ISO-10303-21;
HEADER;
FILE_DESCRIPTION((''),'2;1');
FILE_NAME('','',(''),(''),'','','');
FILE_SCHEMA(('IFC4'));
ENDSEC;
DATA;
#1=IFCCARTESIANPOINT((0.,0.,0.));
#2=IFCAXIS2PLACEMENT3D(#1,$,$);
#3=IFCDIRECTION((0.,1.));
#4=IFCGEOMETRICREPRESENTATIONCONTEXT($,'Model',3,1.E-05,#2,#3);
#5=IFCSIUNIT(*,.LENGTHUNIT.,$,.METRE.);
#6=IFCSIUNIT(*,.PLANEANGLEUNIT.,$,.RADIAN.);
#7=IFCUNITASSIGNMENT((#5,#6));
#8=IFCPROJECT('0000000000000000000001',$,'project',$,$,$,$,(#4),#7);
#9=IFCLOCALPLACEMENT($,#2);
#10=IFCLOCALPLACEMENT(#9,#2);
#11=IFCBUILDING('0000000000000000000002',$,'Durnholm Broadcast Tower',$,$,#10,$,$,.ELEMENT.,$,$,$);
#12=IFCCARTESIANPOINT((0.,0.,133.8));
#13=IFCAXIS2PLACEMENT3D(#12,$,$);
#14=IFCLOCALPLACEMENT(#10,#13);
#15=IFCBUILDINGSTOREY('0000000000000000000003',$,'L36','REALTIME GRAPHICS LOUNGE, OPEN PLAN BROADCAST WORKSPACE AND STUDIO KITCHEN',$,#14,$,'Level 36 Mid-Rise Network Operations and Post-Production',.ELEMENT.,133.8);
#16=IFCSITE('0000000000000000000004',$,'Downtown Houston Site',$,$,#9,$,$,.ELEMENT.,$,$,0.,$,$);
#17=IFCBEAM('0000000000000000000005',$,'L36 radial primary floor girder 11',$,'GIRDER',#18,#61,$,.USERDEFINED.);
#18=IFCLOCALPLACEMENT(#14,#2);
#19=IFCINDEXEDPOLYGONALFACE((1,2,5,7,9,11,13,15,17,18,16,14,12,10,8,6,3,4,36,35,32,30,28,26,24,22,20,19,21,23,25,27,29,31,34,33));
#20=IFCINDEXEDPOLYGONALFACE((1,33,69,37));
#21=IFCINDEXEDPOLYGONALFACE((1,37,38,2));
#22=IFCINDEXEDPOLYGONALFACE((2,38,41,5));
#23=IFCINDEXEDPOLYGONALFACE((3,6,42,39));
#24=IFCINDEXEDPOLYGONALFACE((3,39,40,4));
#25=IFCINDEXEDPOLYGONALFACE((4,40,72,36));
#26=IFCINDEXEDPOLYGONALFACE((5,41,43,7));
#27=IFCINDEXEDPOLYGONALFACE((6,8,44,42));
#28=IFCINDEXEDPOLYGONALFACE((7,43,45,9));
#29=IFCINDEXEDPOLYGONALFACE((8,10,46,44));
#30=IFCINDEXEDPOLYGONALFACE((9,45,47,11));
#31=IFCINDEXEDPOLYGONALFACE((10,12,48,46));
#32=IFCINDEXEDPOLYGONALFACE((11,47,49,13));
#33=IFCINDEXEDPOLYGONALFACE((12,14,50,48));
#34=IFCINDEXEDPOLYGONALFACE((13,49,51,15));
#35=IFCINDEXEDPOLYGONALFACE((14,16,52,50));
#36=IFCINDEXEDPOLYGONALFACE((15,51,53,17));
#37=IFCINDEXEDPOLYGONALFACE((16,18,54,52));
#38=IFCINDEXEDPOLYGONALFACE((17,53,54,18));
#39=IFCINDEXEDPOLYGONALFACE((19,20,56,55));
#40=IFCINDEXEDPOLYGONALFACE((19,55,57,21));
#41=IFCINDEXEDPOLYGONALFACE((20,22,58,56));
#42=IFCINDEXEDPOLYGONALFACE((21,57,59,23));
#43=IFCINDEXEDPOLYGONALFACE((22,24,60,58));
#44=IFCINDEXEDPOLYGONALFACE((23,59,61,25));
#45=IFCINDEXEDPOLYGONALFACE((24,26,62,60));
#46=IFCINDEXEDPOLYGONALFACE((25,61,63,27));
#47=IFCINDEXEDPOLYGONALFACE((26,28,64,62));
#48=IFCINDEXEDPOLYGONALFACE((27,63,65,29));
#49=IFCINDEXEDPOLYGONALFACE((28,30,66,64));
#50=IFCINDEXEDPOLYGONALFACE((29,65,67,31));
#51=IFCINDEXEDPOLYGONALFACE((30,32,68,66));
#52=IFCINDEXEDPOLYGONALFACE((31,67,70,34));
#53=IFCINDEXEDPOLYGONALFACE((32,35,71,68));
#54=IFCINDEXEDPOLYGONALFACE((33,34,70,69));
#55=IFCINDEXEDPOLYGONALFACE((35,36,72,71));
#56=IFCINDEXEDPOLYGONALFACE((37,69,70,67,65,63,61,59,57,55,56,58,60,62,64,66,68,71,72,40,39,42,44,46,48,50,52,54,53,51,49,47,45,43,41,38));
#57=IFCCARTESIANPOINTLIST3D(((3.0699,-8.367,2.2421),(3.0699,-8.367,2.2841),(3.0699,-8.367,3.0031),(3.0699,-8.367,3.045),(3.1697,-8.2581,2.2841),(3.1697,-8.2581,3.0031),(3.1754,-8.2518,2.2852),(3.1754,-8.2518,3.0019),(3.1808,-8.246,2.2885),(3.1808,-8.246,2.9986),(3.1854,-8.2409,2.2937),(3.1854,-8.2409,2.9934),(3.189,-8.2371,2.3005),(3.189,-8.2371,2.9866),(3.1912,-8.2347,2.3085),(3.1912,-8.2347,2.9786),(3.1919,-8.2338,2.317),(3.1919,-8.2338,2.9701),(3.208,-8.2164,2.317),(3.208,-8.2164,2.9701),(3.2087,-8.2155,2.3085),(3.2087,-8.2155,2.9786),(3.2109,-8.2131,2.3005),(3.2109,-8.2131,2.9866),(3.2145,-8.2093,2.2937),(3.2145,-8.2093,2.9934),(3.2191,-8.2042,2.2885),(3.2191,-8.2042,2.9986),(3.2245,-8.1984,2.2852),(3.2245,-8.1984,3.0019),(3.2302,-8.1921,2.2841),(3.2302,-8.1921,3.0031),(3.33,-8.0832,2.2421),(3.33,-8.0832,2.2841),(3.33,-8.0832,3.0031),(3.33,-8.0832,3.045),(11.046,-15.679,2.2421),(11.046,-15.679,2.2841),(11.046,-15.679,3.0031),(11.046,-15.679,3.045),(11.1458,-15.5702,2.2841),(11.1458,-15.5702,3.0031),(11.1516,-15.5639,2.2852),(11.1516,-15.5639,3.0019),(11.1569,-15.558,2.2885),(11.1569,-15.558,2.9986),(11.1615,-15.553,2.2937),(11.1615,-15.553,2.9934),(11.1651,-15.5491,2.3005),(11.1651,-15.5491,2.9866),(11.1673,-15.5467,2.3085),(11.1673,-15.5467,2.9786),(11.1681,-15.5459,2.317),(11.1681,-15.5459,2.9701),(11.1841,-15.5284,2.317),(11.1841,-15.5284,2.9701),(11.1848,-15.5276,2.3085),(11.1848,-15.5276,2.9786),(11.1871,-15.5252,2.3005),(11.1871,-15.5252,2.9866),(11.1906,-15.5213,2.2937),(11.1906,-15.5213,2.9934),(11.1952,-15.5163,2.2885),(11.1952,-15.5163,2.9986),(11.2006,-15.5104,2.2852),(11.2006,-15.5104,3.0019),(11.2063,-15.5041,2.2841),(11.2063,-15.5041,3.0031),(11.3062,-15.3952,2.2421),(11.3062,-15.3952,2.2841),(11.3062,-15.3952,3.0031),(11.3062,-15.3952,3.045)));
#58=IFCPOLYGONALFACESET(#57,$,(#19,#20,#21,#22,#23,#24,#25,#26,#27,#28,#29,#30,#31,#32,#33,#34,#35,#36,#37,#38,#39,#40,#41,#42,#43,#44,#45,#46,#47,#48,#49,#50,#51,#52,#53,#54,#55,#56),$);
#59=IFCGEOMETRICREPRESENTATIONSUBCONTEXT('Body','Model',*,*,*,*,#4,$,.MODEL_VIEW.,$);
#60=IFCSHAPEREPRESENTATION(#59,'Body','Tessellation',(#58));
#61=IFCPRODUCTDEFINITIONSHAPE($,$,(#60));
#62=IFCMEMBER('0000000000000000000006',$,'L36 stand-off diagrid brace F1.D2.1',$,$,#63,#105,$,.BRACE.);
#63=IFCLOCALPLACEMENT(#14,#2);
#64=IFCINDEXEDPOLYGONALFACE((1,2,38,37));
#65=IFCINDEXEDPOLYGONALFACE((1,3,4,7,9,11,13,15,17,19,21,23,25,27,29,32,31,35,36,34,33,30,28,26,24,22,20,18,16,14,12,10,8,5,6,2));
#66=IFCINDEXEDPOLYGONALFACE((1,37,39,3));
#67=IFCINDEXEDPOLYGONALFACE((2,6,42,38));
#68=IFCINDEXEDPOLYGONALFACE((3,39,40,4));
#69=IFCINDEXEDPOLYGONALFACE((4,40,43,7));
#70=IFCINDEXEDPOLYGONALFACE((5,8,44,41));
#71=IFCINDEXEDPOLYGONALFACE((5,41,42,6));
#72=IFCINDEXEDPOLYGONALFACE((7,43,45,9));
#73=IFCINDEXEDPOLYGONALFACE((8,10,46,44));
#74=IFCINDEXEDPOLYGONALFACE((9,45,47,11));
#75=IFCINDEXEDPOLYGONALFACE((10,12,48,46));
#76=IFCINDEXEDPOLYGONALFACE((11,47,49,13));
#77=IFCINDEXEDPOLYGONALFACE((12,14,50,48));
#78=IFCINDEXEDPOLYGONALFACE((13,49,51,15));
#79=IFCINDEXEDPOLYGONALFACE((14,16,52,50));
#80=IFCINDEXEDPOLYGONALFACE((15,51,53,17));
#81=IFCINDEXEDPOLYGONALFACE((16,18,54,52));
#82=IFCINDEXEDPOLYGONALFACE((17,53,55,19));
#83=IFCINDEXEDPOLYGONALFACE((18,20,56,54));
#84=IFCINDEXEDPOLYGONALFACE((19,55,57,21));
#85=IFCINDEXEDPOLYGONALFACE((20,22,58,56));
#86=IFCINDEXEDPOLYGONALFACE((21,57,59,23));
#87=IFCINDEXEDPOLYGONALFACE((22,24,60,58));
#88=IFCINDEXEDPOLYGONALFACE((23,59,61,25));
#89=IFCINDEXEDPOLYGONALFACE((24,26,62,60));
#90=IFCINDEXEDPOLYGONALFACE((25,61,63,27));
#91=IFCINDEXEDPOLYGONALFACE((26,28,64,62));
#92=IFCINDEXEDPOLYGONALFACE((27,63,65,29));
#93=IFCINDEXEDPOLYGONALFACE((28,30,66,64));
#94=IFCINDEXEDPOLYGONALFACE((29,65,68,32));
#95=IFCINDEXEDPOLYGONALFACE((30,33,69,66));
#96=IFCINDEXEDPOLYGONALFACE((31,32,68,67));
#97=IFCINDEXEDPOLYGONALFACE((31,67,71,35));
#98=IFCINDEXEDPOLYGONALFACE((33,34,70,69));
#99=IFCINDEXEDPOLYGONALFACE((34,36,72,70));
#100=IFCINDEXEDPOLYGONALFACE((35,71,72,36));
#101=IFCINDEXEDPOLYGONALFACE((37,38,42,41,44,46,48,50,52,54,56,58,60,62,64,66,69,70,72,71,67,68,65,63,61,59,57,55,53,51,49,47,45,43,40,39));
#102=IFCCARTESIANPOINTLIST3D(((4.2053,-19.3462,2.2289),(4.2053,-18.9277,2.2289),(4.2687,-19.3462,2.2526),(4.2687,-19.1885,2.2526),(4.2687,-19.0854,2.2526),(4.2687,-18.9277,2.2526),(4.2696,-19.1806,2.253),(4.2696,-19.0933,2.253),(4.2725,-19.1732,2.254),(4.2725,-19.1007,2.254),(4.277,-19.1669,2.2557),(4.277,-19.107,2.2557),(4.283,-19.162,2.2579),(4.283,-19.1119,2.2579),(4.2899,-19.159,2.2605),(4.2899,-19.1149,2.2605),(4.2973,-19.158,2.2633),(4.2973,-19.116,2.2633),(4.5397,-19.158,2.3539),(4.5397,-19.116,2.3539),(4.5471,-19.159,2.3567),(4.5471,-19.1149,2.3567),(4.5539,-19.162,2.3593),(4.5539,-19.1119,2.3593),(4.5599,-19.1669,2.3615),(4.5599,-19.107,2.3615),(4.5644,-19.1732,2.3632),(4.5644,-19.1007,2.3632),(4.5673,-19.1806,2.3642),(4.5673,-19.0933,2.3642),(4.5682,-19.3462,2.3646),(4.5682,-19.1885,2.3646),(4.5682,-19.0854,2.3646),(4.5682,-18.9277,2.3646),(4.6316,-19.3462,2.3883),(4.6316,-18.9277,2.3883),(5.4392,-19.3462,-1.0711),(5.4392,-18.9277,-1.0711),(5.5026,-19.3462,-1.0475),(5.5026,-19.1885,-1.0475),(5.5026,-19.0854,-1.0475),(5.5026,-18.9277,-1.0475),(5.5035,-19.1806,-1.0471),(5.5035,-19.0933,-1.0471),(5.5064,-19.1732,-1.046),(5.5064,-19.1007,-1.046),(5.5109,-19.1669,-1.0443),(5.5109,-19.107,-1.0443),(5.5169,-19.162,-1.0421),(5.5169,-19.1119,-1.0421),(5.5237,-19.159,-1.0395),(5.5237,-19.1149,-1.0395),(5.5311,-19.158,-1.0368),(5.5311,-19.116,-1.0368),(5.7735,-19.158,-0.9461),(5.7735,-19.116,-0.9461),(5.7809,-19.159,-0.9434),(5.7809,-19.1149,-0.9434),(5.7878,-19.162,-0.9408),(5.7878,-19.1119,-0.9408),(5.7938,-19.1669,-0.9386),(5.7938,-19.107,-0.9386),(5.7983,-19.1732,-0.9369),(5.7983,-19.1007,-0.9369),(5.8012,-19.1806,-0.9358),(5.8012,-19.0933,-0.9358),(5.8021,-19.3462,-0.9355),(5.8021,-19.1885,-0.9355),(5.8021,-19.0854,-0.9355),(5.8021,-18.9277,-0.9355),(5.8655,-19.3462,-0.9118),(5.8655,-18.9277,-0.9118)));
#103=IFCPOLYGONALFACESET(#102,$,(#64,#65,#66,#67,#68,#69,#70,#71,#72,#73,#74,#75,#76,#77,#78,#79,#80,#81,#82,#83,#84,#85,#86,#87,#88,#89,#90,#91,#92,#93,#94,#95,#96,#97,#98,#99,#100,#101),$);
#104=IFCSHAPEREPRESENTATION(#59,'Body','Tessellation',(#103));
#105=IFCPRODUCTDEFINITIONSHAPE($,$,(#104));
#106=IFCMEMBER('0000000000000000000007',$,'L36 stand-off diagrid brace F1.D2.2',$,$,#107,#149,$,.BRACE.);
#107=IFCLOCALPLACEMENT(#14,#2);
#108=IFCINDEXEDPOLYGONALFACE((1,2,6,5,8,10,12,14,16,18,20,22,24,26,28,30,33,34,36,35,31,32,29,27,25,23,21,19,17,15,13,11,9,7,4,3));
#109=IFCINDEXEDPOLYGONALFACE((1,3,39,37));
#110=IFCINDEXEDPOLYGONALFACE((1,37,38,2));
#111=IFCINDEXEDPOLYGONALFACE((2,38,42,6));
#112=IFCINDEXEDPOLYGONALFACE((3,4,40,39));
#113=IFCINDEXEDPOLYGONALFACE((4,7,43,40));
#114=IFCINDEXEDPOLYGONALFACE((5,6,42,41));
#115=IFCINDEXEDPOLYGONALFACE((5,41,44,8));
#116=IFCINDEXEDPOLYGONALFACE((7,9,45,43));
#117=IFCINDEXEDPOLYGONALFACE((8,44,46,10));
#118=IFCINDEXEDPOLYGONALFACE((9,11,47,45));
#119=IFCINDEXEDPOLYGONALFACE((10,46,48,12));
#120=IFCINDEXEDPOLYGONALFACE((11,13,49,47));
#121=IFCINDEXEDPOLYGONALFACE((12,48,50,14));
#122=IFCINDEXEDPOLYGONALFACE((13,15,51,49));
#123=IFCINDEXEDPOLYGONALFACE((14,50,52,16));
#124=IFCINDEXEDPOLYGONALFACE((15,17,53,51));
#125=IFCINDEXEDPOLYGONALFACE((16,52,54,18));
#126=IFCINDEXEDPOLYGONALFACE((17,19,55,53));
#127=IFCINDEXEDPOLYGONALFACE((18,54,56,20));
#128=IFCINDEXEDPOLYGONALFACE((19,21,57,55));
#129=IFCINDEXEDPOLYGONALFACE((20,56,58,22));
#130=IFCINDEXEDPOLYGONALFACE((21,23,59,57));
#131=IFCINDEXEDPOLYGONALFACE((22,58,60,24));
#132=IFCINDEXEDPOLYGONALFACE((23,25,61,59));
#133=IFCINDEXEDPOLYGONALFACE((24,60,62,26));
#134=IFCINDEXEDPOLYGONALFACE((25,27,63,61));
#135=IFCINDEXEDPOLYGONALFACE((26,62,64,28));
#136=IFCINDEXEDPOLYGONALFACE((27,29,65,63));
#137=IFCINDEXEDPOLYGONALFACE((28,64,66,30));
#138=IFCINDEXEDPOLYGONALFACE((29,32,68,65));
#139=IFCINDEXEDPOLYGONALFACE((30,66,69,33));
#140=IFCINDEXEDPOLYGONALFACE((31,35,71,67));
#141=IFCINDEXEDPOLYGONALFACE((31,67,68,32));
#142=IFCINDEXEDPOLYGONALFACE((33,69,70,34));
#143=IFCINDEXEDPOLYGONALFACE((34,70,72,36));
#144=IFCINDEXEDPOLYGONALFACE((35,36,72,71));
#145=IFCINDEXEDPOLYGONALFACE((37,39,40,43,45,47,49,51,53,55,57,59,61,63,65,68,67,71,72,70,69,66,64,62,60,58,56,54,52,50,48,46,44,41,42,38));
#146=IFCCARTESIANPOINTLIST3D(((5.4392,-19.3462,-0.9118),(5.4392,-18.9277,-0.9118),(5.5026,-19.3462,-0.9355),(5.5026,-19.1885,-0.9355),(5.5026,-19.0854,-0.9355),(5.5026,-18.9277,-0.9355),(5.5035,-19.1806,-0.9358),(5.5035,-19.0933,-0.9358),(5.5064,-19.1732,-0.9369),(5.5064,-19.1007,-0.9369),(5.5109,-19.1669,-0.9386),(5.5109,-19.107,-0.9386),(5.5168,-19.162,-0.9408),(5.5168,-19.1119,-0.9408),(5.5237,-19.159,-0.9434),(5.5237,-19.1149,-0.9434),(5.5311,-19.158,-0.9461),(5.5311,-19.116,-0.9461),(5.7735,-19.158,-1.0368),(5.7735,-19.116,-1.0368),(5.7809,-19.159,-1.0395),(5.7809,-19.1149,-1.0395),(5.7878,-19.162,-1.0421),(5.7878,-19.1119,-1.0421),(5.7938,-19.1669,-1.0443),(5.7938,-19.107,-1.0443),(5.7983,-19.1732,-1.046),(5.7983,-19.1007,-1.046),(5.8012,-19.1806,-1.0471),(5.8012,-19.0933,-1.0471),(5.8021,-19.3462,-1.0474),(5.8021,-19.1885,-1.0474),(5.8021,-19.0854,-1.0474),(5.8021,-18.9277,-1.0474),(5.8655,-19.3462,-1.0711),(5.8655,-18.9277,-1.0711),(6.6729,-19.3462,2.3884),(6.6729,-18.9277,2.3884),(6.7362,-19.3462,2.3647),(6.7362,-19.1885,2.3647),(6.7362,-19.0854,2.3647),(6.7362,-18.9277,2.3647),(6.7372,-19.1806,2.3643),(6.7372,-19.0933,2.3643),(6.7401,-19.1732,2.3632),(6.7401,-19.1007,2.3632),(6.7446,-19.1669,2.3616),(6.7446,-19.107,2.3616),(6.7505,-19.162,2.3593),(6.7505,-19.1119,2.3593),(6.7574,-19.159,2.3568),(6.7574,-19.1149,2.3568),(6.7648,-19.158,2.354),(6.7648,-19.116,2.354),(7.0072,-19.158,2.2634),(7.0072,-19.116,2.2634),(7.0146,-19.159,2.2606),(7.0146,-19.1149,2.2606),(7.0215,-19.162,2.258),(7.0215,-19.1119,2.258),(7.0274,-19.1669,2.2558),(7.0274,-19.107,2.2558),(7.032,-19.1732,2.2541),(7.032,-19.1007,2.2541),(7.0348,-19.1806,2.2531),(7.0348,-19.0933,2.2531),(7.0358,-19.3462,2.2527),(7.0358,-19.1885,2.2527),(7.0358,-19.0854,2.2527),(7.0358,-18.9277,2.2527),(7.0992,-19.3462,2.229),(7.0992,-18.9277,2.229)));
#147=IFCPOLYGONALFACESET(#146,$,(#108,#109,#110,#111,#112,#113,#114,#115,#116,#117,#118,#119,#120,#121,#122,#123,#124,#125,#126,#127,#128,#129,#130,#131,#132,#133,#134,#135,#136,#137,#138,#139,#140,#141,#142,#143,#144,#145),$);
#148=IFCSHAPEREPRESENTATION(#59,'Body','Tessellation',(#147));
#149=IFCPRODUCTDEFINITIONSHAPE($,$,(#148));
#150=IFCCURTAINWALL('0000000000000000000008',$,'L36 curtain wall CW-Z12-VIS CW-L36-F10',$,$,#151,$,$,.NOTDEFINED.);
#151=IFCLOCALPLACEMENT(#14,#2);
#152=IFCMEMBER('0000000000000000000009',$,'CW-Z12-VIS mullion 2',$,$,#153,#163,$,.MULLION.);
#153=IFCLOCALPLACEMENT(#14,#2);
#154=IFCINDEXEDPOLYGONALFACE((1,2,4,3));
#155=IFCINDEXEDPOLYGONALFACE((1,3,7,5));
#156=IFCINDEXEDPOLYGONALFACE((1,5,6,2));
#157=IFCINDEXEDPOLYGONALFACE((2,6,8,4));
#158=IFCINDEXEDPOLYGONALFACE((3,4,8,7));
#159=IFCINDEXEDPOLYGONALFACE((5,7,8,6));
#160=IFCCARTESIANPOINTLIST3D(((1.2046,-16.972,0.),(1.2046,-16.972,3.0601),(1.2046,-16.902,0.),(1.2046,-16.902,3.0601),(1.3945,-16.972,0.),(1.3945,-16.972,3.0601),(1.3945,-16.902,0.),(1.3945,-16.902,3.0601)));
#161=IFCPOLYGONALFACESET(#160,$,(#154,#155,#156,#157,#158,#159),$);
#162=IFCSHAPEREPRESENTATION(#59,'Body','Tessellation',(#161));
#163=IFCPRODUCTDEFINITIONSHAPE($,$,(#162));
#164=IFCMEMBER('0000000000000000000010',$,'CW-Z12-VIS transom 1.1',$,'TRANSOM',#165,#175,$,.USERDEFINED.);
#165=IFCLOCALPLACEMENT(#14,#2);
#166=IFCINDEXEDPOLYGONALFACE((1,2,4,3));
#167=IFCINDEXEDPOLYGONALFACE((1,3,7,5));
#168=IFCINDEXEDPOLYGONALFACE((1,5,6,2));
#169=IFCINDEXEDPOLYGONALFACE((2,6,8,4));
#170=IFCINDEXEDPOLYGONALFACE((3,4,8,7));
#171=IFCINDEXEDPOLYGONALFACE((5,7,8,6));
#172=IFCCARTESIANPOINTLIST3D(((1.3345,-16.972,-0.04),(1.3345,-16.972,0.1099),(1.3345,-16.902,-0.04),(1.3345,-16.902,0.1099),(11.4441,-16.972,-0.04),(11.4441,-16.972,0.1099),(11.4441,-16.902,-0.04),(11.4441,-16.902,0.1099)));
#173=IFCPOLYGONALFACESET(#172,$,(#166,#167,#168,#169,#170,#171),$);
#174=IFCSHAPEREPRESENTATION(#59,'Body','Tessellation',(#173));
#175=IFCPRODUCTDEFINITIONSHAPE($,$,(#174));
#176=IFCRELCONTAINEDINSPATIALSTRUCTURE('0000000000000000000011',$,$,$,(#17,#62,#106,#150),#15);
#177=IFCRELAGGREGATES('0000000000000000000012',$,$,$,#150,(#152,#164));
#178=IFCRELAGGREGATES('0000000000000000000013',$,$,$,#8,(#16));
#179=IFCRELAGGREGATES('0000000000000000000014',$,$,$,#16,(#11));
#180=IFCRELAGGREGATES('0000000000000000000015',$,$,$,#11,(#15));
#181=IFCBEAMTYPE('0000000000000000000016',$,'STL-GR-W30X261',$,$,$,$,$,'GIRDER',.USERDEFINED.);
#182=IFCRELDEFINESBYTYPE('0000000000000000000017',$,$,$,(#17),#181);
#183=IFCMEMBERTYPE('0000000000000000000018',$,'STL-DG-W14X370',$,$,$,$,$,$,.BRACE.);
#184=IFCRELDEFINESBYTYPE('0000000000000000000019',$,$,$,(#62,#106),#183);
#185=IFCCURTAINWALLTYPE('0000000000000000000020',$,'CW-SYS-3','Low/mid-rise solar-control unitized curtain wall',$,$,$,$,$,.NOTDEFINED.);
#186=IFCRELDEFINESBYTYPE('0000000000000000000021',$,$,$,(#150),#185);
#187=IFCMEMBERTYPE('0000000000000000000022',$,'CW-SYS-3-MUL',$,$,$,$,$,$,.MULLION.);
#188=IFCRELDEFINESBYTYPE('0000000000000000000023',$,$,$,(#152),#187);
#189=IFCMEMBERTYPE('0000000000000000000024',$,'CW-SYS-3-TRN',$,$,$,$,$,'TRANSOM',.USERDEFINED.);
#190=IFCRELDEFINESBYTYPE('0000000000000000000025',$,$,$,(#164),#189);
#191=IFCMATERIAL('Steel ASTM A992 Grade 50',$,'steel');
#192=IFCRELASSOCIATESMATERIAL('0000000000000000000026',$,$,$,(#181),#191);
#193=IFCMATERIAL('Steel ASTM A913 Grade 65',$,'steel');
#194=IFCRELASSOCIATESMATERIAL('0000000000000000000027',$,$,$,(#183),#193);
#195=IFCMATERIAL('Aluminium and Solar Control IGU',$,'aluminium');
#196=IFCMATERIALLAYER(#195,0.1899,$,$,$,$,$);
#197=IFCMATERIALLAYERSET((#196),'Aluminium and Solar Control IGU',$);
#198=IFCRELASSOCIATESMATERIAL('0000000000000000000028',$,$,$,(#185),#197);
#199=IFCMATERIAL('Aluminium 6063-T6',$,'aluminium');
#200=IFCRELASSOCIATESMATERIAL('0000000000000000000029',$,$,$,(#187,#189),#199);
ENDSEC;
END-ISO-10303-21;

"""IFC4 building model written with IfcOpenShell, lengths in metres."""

from ifc_helpers import new_model, si_unit, direction, frame, origin, origin_2d, place, context, subcontext, project, spatial, rectangle, i_section, extrude, source, transform, mapped, material, layer, layer_set, material_profile, profile_set, type_object, type_shapes, element, aggregate, save


model = new_model("IFC4")

# Units and contexts
model_context = context("Model", 3, precision=1e-05, world=origin(), true_north=direction((0.0, 1.0)))
body_context = subcontext(model_context, "Body", "Model", "MODEL_VIEW")
ifc_project = project(units=[si_unit("LENGTHUNIT", "METRE"), si_unit("PLANEANGLEUNIT", "RADIAN")], contexts=[model_context])

# Site, building, storey
site_placement = place(None, origin())
site = spatial("IfcSite", under=ifc_project, at=site_placement, Name="Downtown Houston Site", CompositionType="ELEMENT", RefElevation=0.0)
building_placement = place(site_placement, origin())
building = spatial("IfcBuilding", under=site, at=building_placement, Name="Durnholm Broadcast Tower", CompositionType="ELEMENT")
storey_placement = place(building_placement, frame((0.0, 0.0, 133.8)))
storey = spatial("IfcBuildingStorey", under=building, at=storey_placement, Name="L36", Description="REALTIME GRAPHICS LOUNGE, OPEN PLAN BROADCAST WORKSPACE AND STUDIO KITCHEN", LongName="Level 36 Mid-Rise Network Operations and Post-Production", CompositionType="ELEMENT", Elevation=133.8)

# Beam
ifc_material_1 = material(Name="Steel ASTM A992 Grade 50", Category="steel")
ifc_material_profile_1 = material_profile(ifc_material_1, i_section(OverallWidth=0.385, OverallDepth=0.803, WebThickness=0.0237, FlangeThickness=0.042, FilletRadius=0.033, at=origin_2d()), Name="W30X261")
ifc_profile_set_1 = profile_set([ifc_material_profile_1], Name="Steel ASTM A992 Grade 50")
beam_type_1 = type_object("IfcBeamType", Name="STL-GR-W30X261", ElementType="GIRDER", PredefinedType="USERDEFINED", material=ifc_profile_set_1)
shared_shape_1 = source(origin(), body_context, "Body", "SweptSolid", [
    extrude(i_section(OverallWidth=0.385, OverallDepth=0.803, WebThickness=0.0237, FlangeThickness=0.042, FilletRadius=0.033, at=origin_2d()), origin(), (0.0, 0.0, 1.0), 10.8206),
])
beam_1_placement = place(storey_placement, frame((3.2, -8.2251, 2.6436), z_axis=(0.737126, -0.675755, 0.0), x_axis=(0.675755, 0.737126, 0.0)))
element("IfcBeam", 1, at=beam_1_placement, inside=storey, type_object=beam_type_1, Name="L36 radial primary floor girder 11", ObjectType="GIRDER", PredefinedType="USERDEFINED", context=body_context, shape_type="MappedRepresentation", body=[
    mapped(shared_shape_1, transform((0.0, 0.0, 0.0), x_axis=(1.0, 0.0, 0.0), y_axis=(0.0, 1.0, 0.0), z_axis=(0.0, 0.0, 1.0), scale=1.0)),
])

# Members
ifc_material_2 = material(Name="Steel ASTM A913 Grade 65", Category="steel")
ifc_material_profile_2 = material_profile(ifc_material_2, i_section(OverallWidth=0.4185, OverallDepth=0.4551, WebThickness=0.042, FlangeThickness=0.0676, FilletRadius=0.0305, at=origin_2d()), Name="W14X370")
ifc_profile_set_2 = profile_set([ifc_material_profile_2], Name="Steel ASTM A913 Grade 65")
member_type_1 = type_object("IfcMemberType", Name="STL-DG-W14X370", PredefinedType="BRACE", material=ifc_profile_set_2)
shared_shape_2 = source(origin(), body_context, "Body", "SweptSolid", [
    extrude(i_section(OverallWidth=0.4185, OverallDepth=0.4551, WebThickness=0.042, FlangeThickness=0.0676, FilletRadius=0.0305, at=origin_2d()), origin(), (0.0, 0.0, 1.0), 3.5232),
])
type_shapes(member_type_1, [shared_shape_2])
for number, where, z_axis, x_axis, name in (
    (2, (5.6523, -19.137, -0.9915), (-0.35022, 0.0, 0.936668), (0.0, -1.0, 0.0), "L36 stand-off diagrid brace F1.D2.1"),
    (3, (5.6523, -19.137, -0.9915), (0.350159, 0.0, 0.93669), (0.0, 1.0, 0.0), "L36 stand-off diagrid brace F1.D2.2"),
):
    element("IfcMember", number, at=place(storey_placement, frame(where, z_axis=z_axis, x_axis=x_axis)), inside=storey, type_object=member_type_1, Name=name, PredefinedType="BRACE", context=body_context, shape_type="MappedRepresentation", body=[
        mapped(shared_shape_2, transform((0.0, 0.0, 0.0), x_axis=(1.0, 0.0, 0.0), y_axis=(0.0, 1.0, 0.0), z_axis=(0.0, 0.0, 1.0), scale=1.0)),
    ])

# Curtain wall, members
ifc_material_3 = material(Name="Aluminium and Solar Control IGU", Category="aluminium")
ifc_layer_1 = layer(ifc_material_3, 0.1899)
ifc_layer_set_1 = layer_set([ifc_layer_1], Name="Aluminium and Solar Control IGU")
curtain_wall_type = type_object("IfcCurtainWallType", Name="CW-SYS-3", Description="Low/mid-rise solar-control unitized curtain wall", PredefinedType="NOTDEFINED", material=ifc_layer_set_1)
curtain_wall_placement = place(storey_placement, origin())
curtain_wall = element("IfcCurtainWall", 4, at=curtain_wall_placement, inside=storey, type_object=curtain_wall_type, Name="L36 curtain wall CW-Z12-VIS CW-L36-F10", PredefinedType="NOTDEFINED")
ifc_material_4 = material(Name="Aluminium 6063-T6", Category="aluminium")
ifc_material_profile_3 = material_profile(ifc_material_4, rectangle(XDim=0.0701, YDim=0.1899, at=origin_2d()), Name="CWM70X190")
ifc_profile_set_3 = profile_set([ifc_material_profile_3], Name="Aluminium 6063-T6")
member_type_2 = type_object("IfcMemberType", Name="CW-SYS-3-MUL", PredefinedType="MULLION", material=ifc_profile_set_3)
shared_shape_3 = source(origin(), body_context, "Body", "SweptSolid", [
    extrude(rectangle(XDim=0.0701, YDim=0.1899, at=origin_2d()), origin(), (0.0, 0.0, 1.0), 3.0601),
])
type_shapes(member_type_2, [shared_shape_3])
member_1_placement = place(storey_placement, frame((1.2996, -16.937, 0.0), z_axis=(0.0, 0.0, 1.0), x_axis=(0.0, -1.0, 0.0)))
member_1 = element("IfcMember", 5, at=member_1_placement, type_object=member_type_2, Name="CW-Z12-VIS mullion 2", PredefinedType="MULLION", context=body_context, shape_type="MappedRepresentation", body=[
    mapped(shared_shape_3, transform((0.0, 0.0, 0.0), x_axis=(1.0, 0.0, 0.0), y_axis=(0.0, 1.0, 0.0), z_axis=(0.0, 0.0, 1.0), scale=1.0)),
])
ifc_material_profile_4 = material_profile(ifc_material_4, rectangle(XDim=0.0701, YDim=0.1499, at=origin_2d()), Name="CWT70X150")
ifc_profile_set_4 = profile_set([ifc_material_profile_4], Name="Aluminium 6063-T6")
member_type_3 = type_object("IfcMemberType", Name="CW-SYS-3-TRN", ElementType="TRANSOM", PredefinedType="USERDEFINED", material=ifc_profile_set_4)
shared_shape_4 = source(origin(), body_context, "Body", "SweptSolid", [
    extrude(rectangle(XDim=0.0701, YDim=0.1499, at=origin_2d()), origin(), (0.0, 0.0, 1.0), 10.1096),
])
type_shapes(member_type_3, [shared_shape_4])
member_2_placement = place(storey_placement, frame((11.4441, -16.937, 0.0349), z_axis=(-1.0, 0.0, 0.0), x_axis=(0.0, -1.0, 0.0)))
member_2 = element("IfcMember", 6, at=member_2_placement, type_object=member_type_3, Name="CW-Z12-VIS transom 1.1", ObjectType="TRANSOM", PredefinedType="USERDEFINED", context=body_context, shape_type="MappedRepresentation", body=[
    mapped(shared_shape_4, transform((0.0, 0.0, 0.0), x_axis=(1.0, 0.0, 0.0), y_axis=(0.0, 1.0, 0.0), z_axis=(0.0, 0.0, 1.0), scale=1.0)),
])
aggregate(curtain_wall, [member_1, member_2])

save(model, "model.ifc")
